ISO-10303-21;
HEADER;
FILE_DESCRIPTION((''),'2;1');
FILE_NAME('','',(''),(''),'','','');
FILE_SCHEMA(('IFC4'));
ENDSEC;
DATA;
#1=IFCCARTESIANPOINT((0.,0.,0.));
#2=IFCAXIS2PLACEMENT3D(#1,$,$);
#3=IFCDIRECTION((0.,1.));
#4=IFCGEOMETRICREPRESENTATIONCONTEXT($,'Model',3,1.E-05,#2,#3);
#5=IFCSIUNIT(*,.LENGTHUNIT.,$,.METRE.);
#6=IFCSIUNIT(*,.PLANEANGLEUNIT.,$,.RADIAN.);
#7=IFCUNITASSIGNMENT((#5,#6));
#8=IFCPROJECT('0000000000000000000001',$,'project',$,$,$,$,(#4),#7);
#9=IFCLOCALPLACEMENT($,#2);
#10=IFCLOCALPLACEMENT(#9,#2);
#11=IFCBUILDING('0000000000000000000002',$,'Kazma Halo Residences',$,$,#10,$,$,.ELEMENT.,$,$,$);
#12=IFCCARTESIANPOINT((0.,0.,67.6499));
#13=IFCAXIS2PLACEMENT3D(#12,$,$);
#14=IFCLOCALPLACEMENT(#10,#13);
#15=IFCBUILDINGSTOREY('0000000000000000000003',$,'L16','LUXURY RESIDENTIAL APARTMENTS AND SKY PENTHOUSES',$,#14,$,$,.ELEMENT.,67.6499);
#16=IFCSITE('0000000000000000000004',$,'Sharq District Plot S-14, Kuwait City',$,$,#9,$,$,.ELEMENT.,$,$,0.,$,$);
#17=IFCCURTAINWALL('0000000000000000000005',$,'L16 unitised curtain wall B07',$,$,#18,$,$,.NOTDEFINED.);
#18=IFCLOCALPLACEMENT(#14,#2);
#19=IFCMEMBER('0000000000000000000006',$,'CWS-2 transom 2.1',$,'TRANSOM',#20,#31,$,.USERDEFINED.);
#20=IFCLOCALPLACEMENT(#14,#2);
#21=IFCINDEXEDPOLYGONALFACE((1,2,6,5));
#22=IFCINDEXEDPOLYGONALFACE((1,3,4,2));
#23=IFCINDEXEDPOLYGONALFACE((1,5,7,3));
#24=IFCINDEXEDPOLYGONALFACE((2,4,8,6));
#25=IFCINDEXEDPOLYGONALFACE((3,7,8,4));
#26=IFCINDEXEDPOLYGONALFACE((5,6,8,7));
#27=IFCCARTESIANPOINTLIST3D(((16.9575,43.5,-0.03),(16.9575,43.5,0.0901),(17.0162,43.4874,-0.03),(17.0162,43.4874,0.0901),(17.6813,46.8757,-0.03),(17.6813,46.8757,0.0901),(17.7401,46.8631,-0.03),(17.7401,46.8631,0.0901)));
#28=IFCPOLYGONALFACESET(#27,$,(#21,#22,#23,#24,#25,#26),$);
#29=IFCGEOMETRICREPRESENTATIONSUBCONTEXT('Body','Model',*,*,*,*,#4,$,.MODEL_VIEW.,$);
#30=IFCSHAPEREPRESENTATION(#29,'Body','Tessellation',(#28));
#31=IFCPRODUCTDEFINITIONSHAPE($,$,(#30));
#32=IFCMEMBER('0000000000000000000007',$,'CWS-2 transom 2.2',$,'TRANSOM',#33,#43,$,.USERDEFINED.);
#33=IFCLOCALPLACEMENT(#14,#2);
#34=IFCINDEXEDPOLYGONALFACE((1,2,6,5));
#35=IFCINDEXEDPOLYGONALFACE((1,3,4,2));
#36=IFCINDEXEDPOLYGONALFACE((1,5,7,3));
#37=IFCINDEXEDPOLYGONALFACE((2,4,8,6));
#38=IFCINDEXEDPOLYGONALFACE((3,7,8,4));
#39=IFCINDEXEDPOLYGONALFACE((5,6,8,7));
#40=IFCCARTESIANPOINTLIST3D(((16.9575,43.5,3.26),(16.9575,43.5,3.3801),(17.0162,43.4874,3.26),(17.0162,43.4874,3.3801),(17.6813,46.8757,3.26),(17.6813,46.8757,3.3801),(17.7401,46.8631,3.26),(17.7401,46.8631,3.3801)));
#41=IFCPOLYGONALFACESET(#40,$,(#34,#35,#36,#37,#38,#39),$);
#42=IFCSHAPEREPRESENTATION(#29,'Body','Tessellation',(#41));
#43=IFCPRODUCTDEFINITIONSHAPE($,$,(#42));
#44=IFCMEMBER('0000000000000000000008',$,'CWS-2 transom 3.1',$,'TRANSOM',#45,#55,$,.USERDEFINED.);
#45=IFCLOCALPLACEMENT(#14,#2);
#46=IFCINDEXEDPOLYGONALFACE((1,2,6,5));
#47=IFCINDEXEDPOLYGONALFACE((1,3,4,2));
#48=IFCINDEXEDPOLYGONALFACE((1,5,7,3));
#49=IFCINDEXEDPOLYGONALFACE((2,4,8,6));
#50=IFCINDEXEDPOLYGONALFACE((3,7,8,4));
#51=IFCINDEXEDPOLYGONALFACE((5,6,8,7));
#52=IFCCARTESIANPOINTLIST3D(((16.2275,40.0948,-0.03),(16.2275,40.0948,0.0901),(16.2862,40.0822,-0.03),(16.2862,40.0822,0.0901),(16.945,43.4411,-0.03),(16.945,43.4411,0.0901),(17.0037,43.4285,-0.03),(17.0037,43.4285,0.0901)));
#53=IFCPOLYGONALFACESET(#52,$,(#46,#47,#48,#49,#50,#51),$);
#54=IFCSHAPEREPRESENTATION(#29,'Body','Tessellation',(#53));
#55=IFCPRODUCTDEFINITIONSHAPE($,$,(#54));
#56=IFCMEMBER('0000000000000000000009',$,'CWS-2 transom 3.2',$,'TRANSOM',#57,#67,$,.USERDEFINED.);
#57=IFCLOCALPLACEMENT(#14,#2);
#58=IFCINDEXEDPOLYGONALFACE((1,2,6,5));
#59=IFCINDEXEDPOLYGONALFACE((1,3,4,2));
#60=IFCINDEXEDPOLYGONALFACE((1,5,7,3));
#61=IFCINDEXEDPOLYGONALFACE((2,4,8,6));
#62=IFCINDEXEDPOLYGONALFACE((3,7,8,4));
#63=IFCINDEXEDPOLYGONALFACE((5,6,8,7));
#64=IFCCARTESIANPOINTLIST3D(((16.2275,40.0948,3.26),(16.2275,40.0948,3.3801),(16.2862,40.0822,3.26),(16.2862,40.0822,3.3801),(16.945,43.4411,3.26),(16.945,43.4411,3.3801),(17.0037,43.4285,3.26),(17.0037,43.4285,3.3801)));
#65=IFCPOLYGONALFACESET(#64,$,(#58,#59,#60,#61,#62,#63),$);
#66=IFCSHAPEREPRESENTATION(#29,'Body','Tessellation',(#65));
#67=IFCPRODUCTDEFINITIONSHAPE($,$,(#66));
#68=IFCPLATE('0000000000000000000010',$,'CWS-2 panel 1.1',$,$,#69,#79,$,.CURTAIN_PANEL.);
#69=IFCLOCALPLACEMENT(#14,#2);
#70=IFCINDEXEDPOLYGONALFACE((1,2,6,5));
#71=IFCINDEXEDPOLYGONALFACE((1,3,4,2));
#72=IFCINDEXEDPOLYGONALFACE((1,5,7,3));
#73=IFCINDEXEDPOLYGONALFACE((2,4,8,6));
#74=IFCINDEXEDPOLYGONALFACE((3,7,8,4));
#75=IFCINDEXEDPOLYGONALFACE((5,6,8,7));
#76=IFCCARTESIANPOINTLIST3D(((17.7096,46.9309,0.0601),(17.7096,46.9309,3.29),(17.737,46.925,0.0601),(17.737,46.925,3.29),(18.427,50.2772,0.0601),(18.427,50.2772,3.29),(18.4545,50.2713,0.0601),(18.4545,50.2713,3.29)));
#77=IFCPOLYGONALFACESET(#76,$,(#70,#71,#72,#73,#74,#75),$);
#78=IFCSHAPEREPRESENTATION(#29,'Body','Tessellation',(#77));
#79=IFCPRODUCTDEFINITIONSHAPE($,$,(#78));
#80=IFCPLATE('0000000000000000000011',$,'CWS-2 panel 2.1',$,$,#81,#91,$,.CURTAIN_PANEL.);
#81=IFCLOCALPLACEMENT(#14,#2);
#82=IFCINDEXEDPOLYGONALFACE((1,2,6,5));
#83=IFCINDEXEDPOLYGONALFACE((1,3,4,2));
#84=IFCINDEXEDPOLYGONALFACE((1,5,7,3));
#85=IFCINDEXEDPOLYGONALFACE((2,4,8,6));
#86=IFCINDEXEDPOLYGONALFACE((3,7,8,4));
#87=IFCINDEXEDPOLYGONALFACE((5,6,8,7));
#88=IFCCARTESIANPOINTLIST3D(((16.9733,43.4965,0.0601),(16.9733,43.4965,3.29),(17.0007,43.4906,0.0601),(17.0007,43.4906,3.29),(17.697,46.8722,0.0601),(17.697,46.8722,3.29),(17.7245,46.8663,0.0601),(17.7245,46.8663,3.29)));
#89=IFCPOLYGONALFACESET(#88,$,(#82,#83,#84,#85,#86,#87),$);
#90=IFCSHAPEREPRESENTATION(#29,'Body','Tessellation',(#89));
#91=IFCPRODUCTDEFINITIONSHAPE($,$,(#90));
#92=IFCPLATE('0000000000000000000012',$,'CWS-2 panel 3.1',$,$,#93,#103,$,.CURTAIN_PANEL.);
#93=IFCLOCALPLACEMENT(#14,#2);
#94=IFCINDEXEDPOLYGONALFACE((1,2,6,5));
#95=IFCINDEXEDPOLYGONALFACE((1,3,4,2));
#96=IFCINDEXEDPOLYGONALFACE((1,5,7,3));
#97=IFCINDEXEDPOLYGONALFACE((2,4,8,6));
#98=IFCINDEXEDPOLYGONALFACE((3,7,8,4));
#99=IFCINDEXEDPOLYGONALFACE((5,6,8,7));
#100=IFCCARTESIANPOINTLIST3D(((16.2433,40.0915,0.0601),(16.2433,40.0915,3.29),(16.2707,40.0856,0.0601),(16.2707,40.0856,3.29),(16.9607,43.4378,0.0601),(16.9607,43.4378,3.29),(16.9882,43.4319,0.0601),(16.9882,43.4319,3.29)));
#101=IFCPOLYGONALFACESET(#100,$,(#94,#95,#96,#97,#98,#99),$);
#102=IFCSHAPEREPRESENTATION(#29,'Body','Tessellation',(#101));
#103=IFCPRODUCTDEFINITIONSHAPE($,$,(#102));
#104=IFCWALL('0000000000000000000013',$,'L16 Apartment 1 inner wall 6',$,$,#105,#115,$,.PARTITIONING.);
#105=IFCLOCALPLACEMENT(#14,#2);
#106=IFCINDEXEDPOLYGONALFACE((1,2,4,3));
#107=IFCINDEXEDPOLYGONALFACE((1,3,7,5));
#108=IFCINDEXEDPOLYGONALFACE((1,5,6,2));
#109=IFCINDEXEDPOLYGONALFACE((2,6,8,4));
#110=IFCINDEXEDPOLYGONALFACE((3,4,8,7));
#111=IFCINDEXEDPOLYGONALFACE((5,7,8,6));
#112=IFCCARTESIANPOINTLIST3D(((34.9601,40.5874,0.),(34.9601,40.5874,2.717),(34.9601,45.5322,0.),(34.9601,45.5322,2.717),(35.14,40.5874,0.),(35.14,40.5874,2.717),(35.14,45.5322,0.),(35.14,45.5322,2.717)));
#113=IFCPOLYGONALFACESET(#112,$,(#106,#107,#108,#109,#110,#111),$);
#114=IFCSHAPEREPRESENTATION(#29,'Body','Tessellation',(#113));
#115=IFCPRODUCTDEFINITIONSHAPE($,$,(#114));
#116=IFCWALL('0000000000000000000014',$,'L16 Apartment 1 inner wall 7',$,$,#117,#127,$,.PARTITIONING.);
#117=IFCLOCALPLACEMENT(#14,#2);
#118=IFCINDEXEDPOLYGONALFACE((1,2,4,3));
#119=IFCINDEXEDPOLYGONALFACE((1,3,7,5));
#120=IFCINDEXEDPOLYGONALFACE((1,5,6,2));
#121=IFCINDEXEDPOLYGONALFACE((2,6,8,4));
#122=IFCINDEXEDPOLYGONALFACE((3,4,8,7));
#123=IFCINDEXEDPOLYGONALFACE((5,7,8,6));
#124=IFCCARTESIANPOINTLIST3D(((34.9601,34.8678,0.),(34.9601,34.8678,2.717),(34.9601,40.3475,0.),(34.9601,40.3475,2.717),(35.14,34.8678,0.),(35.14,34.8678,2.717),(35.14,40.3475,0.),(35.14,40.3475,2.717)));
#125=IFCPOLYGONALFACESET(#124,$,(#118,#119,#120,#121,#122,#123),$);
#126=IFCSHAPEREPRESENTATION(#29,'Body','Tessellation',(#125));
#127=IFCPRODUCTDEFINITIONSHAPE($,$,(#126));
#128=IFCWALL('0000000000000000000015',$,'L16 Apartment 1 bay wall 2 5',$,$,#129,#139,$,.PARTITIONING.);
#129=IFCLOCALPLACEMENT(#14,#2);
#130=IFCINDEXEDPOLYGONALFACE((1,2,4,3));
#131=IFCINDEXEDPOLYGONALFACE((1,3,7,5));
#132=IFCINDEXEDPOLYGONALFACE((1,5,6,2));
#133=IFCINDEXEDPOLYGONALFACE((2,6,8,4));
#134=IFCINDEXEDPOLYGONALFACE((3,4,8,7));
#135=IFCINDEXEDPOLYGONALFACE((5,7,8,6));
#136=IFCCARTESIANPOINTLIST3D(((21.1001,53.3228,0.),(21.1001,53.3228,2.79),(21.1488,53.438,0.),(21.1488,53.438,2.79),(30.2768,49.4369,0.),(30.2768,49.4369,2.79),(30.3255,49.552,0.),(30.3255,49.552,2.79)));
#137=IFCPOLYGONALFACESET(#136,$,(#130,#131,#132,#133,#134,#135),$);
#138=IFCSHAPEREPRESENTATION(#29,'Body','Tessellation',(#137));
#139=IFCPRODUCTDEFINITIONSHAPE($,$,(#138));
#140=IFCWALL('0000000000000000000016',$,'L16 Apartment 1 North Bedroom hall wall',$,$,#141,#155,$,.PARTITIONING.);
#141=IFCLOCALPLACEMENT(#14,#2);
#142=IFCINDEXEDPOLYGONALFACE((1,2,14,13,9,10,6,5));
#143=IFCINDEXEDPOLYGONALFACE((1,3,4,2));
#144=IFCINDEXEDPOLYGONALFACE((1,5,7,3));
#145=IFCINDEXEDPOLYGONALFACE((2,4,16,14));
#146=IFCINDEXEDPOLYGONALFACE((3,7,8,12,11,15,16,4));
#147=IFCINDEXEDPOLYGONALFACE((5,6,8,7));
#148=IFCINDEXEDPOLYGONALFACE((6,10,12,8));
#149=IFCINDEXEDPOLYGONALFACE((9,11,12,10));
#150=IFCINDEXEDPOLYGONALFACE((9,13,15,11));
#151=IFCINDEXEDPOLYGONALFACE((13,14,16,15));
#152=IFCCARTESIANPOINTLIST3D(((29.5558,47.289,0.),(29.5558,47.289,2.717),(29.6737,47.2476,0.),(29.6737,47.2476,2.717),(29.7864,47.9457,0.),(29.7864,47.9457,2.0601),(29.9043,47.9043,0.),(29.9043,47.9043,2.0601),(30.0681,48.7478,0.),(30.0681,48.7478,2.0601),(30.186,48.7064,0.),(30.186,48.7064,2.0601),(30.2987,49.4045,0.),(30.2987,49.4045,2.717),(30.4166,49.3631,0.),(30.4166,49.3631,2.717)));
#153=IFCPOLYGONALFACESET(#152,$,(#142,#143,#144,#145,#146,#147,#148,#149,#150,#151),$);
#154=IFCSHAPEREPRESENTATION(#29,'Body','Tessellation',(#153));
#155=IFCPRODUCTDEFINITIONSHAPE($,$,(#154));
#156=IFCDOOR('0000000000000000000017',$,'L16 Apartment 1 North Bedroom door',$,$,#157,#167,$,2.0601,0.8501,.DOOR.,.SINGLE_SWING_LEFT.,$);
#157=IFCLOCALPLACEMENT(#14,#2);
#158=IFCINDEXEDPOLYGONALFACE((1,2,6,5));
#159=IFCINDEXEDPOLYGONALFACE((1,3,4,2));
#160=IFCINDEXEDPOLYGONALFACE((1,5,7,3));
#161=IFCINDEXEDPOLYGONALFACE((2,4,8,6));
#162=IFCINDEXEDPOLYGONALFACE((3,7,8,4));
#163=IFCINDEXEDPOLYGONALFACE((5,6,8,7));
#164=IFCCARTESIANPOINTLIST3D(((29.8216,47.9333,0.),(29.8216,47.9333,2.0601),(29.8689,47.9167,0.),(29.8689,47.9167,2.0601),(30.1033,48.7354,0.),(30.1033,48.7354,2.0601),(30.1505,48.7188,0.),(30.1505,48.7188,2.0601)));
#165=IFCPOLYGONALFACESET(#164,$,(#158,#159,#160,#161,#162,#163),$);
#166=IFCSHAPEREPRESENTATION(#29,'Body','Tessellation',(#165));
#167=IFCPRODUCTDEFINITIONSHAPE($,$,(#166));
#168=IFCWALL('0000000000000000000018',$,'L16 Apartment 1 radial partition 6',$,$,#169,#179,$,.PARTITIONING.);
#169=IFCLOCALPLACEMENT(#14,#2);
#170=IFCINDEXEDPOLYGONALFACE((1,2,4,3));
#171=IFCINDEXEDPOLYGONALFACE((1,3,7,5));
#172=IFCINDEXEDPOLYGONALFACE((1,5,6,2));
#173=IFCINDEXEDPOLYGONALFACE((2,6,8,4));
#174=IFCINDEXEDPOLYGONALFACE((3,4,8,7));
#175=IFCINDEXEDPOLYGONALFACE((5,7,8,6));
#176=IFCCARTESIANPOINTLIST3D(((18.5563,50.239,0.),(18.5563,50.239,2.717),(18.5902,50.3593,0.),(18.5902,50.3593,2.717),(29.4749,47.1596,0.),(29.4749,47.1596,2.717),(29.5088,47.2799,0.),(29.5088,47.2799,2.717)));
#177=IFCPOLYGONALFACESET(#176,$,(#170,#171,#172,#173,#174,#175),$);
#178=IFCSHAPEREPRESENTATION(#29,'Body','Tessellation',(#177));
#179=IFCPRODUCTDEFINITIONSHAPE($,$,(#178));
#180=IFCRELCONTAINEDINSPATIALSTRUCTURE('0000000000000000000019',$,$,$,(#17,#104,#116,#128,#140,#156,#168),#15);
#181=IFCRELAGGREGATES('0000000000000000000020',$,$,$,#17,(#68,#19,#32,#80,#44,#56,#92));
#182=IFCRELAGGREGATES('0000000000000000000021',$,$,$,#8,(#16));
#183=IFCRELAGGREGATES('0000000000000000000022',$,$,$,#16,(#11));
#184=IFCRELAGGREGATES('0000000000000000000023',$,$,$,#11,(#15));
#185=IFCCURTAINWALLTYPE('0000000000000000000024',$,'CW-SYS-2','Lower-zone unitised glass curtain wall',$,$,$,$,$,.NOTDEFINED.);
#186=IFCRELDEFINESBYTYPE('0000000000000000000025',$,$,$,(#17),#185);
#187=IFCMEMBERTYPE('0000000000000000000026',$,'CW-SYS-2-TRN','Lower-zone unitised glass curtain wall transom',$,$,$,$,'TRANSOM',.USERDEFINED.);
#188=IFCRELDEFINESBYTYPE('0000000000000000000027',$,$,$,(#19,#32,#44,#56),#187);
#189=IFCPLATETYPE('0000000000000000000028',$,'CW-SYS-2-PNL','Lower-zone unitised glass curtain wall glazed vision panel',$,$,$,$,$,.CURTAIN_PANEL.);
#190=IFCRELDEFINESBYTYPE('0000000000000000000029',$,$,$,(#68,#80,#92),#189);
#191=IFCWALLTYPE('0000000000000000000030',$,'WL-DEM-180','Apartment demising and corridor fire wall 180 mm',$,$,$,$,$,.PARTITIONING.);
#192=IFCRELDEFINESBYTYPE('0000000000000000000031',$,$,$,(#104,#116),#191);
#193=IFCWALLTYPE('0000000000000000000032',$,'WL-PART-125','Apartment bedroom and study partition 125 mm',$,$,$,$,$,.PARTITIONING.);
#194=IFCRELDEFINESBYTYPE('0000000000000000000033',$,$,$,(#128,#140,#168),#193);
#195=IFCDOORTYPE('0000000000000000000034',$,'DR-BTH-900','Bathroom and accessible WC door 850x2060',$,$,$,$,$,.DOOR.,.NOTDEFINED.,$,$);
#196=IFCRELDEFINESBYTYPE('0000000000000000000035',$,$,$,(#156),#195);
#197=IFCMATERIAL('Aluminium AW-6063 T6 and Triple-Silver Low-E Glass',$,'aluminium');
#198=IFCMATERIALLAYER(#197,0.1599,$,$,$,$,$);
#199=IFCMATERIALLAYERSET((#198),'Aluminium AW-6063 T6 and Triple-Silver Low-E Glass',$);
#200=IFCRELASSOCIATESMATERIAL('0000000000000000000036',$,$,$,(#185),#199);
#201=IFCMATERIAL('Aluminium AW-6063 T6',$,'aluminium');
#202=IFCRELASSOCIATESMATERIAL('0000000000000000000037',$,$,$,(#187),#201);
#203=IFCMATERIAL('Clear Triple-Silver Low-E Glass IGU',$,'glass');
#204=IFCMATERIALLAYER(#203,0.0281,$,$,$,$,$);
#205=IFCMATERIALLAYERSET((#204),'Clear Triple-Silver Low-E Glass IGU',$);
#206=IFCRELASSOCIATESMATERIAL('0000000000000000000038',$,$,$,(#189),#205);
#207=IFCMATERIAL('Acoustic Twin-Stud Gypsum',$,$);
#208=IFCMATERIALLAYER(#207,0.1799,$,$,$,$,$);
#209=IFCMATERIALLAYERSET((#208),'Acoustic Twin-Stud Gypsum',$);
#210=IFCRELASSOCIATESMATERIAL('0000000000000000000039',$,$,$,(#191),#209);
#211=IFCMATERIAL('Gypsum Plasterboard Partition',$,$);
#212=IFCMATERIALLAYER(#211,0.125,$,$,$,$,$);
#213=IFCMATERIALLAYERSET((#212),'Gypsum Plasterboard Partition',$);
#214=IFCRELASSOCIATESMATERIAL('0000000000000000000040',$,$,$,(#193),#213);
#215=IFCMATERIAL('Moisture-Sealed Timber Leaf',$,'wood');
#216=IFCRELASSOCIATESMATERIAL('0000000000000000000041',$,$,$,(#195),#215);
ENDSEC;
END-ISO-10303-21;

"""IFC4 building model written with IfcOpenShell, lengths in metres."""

from ifc_helpers import new_model, si_unit, direction, frame, frame_2d, origin, origin_2d, place, context, subcontext, project, spatial, rectangle, extrude, material, layer, layer_set, material_profile, profile_set, type_object, element, fill, aggregate, save


model = new_model("IFC4")

# Units and contexts
model_context = context("Model", 3, precision=1e-05, world=origin(), true_north=direction((0.0, 1.0)))
body_context = subcontext(model_context, "Body", "Model", "MODEL_VIEW")
ifc_project = project(units=[si_unit("LENGTHUNIT", "METRE"), si_unit("PLANEANGLEUNIT", "RADIAN")], contexts=[model_context])

# Site, building, storey
site_placement = place(None, origin())
site = spatial("IfcSite", under=ifc_project, at=site_placement, Name="Sharq District Plot S-14, Kuwait City", CompositionType="ELEMENT", RefElevation=0.0)
building_placement = place(site_placement, origin())
building = spatial("IfcBuilding", under=site, at=building_placement, Name="Kazma Halo Residences", CompositionType="ELEMENT")
storey_placement = place(building_placement, frame((0.0, 0.0, 67.6499)))
storey = spatial("IfcBuildingStorey", under=building, at=storey_placement, Name="L16", Description="LUXURY RESIDENTIAL APARTMENTS AND SKY PENTHOUSES", CompositionType="ELEMENT", Elevation=67.6499)

# Curtain wall, members, plates
ifc_material_1 = material(Name="Aluminium AW-6063 T6 and Triple-Silver Low-E Glass", Category="aluminium")
ifc_layer_1 = layer(ifc_material_1, 0.1599)
ifc_layer_set_1 = layer_set([ifc_layer_1], Name="Aluminium AW-6063 T6 and Triple-Silver Low-E Glass")
curtain_wall_type = type_object("IfcCurtainWallType", Name="CW-SYS-2", Description="Lower-zone unitised glass curtain wall", PredefinedType="NOTDEFINED", material=ifc_layer_set_1)
curtain_wall_placement = place(storey_placement, origin())
curtain_wall = element("IfcCurtainWall", 1, at=curtain_wall_placement, inside=storey, type_object=curtain_wall_type, Name="L16 unitised curtain wall B07", PredefinedType="NOTDEFINED")
ifc_material_2 = material(Name="Aluminium AW-6063 T6", Category="aluminium")
ifc_material_profile_1 = material_profile(ifc_material_2, rectangle(XDim=0.0601, YDim=0.1201, at=origin_2d()), Name="CWT-60x120")
ifc_profile_set_1 = profile_set([ifc_material_profile_1], Name="Aluminium AW-6063 T6")
member_type_1 = type_object("IfcMemberType", Name="CW-SYS-2-TRN", Description="Lower-zone unitised glass curtain wall transom", ElementType="TRANSOM", PredefinedType="USERDEFINED", material=ifc_profile_set_1)
member_1_placement = place(storey_placement, frame((17.7107, 46.8694, 0.03), z_axis=(-0.209669, -0.977772, 0.0), x_axis=(0.977772, -0.209669, 0.0)))
member_1 = element("IfcMember", 2, at=member_1_placement, type_object=member_type_1, Name="CWS-2 transom 2.1", ObjectType="TRANSOM", PredefinedType="USERDEFINED", context=body_context, shape_type="SweptSolid", body=[
    extrude(rectangle(XDim=0.0601, YDim=0.1201, at=origin_2d()), origin(), (0.0, 0.0, 1.0), 3.4524),
])
member_2_placement = place(storey_placement, frame((17.7107, 46.8694, 3.3201), z_axis=(-0.209669, -0.977772, 0.0), x_axis=(0.977772, -0.209669, 0.0)))
member_2 = element("IfcMember", 3, at=member_2_placement, type_object=member_type_1, Name="CWS-2 transom 2.2", ObjectType="TRANSOM", PredefinedType="USERDEFINED", context=body_context, shape_type="SweptSolid", body=[
    extrude(rectangle(XDim=0.0601, YDim=0.1201, at=origin_2d()), origin(), (0.0, 0.0, 1.0), 3.4524),
])
member_3_placement = place(storey_placement, frame((16.9744, 43.4348, 0.03), z_axis=(-0.209666, -0.977773, 0.0), x_axis=(0.977773, -0.209666, 0.0)))
member_3 = element("IfcMember", 4, at=member_3_placement, type_object=member_type_1, Name="CWS-2 transom 3.1", ObjectType="TRANSOM", PredefinedType="USERDEFINED", context=body_context, shape_type="SweptSolid", body=[
    extrude(rectangle(XDim=0.0601, YDim=0.1201, at=origin_2d()), origin(), (0.0, 0.0, 1.0), 3.4224),
])
member_4_placement = place(storey_placement, frame((16.9744, 43.4348, 3.3201), z_axis=(-0.209666, -0.977773, 0.0), x_axis=(0.977773, -0.209666, 0.0)))
member_4 = element("IfcMember", 5, at=member_4_placement, type_object=member_type_1, Name="CWS-2 transom 3.2", ObjectType="TRANSOM", PredefinedType="USERDEFINED", context=body_context, shape_type="SweptSolid", body=[
    extrude(rectangle(XDim=0.0601, YDim=0.1201, at=origin_2d()), origin(), (0.0, 0.0, 1.0), 3.4224),
])
ifc_material_3 = material(Name="Clear Triple-Silver Low-E Glass IGU", Category="glass")
ifc_layer_2 = layer(ifc_material_3, 0.0281)
ifc_layer_set_2 = layer_set([ifc_layer_2], Name="Clear Triple-Silver Low-E Glass IGU")
plate_type = type_object("IfcPlateType", Name="CW-SYS-2-PNL", Description="Lower-zone unitised glass curtain wall glazed vision panel", PredefinedType="CURTAIN_PANEL", material=ifc_layer_set_2)
plate_1_placement = place(storey_placement, frame((18.082, 48.6011, 0.0601), z_axis=(0.0, 0.0, 1.0), x_axis=(-0.209637, -0.977779, 0.0)))
plate_1 = element("IfcPlate", 6, at=plate_1_placement, type_object=plate_type, Name="CWS-2 panel 1.1", PredefinedType="CURTAIN_PANEL", context=body_context, shape_type="SweptSolid", body=[
    extrude(rectangle(XDim=3.4224, YDim=0.0281, at=origin_2d()), origin(), (0.0, 0.0, 1.0), 3.23),
])
plate_2_placement = place(storey_placement, frame((17.3489, 45.1814, 0.0601), z_axis=(0.0, 0.0, 1.0), x_axis=(-0.209637, -0.977779, 0.0)))
plate_2 = element("IfcPlate", 7, at=plate_2_placement, type_object=plate_type, Name="CWS-2 panel 2.1", PredefinedType="CURTAIN_PANEL", context=body_context, shape_type="SweptSolid", body=[
    extrude(rectangle(XDim=3.4524, YDim=0.0281, at=origin_2d()), origin(), (0.0, 0.0, 1.0), 3.23),
])
plate_3_placement = place(storey_placement, frame((16.6157, 41.7617, 0.0601), z_axis=(0.0, 0.0, 1.0), x_axis=(-0.209637, -0.977779, 0.0)))
plate_3 = element("IfcPlate", 8, at=plate_3_placement, type_object=plate_type, Name="CWS-2 panel 3.1", PredefinedType="CURTAIN_PANEL", context=body_context, shape_type="SweptSolid", body=[
    extrude(rectangle(XDim=3.4224, YDim=0.0281, at=origin_2d()), origin(), (0.0, 0.0, 1.0), 3.23),
])
aggregate(curtain_wall, [plate_1, member_1, member_2, plate_2, member_3, member_4, plate_3])

# Walls
ifc_material_4 = material(Name="Acoustic Twin-Stud Gypsum")
ifc_layer_3 = layer(ifc_material_4, 0.1799)
ifc_layer_set_3 = layer_set([ifc_layer_3], Name="Acoustic Twin-Stud Gypsum")
wall_type_1 = type_object("IfcWallType", Name="WL-DEM-180", Description="Apartment demising and corridor fire wall 180 mm", PredefinedType="PARTITIONING", material=ifc_layer_set_3)
wall_1_placement = place(storey_placement, frame((35.05, 45.5322, 0.0), z_axis=(0.0, 0.0, 1.0), x_axis=(0.0, -1.0, 0.0)))
element("IfcWall", 9, at=wall_1_placement, inside=storey, type_object=wall_type_1, Name="L16 Apartment 1 inner wall 6", PredefinedType="PARTITIONING", context=body_context, shape_type="SweptSolid", body=[
    extrude(rectangle(XDim=4.9448, YDim=0.1799, at=frame_2d((2.4724, 0.0))), origin(), (0.0, 0.0, 1.0), 2.717),
])
wall_2_placement = place(storey_placement, frame((35.05, 40.3474, 0.0), z_axis=(0.0, 0.0, 1.0), x_axis=(0.0, -1.0, 0.0)))
element("IfcWall", 10, at=wall_2_placement, inside=storey, type_object=wall_type_1, Name="L16 Apartment 1 inner wall 7", PredefinedType="PARTITIONING", context=body_context, shape_type="SweptSolid", body=[
    extrude(rectangle(XDim=5.4797, YDim=0.1799, at=frame_2d((2.7397, 0.0))), origin(), (0.0, 0.0, 1.0), 2.717),
])
ifc_material_5 = material(Name="Gypsum Plasterboard Partition")
ifc_layer_4 = layer(ifc_material_5, 0.125)
ifc_layer_set_4 = layer_set([ifc_layer_4], Name="Gypsum Plasterboard Partition")
wall_type_2 = type_object("IfcWallType", Name="WL-PART-125", Description="Apartment bedroom and study partition 125 mm", PredefinedType="PARTITIONING", material=ifc_layer_set_4)
wall_3_placement = place(storey_placement, frame((30.3013, 49.4944, 0.0), z_axis=(0.0, 0.0, 1.0), x_axis=(-0.920841, 0.389939, 0.0)))
element("IfcWall", 11, at=wall_3_placement, inside=storey, type_object=wall_type_2, Name="L16 Apartment 1 bay wall 2 5", PredefinedType="PARTITIONING", context=body_context, shape_type="SweptSolid", body=[
    extrude(rectangle(XDim=9.9656, YDim=0.125, at=frame_2d((4.9829, 0.0))), origin(), (0.0, 0.0, 1.0), 2.79),
])

# Wall, opening, door
wall_4_placement = place(storey_placement, frame((30.3577, 49.3838, 0.0), z_axis=(0.0, 0.0, 1.0), x_axis=(-0.331345, -0.94351, 0.0)))
wall_4 = element("IfcWall", 12, at=wall_4_placement, inside=storey, type_object=wall_type_2, Name="L16 Apartment 1 North Bedroom hall wall", PredefinedType="PARTITIONING", context=body_context, shape_type="SweptSolid", body=[
    extrude(rectangle(XDim=2.2422, YDim=0.125, at=frame_2d((1.1211, 0.0))), origin(), (0.0, 0.0, 1.0), 2.717),
])
opening_1_placement = place(wall_4_placement, frame((0.696, 0.0, 0.0)))
opening_1 = element("IfcOpeningElement", 13, at=opening_1_placement, cuts=wall_4, PredefinedType="OPENING", context=body_context, shape_type="SweptSolid", body=[
    extrude(rectangle(XDim=0.8501, YDim=2.0601, at=frame_2d((0.425, 1.03))), frame((0.0, 0.0725, 0.0), z_axis=(0.0, -1.0, 0.0), x_axis=(1.0, 0.0, 0.0)), (0.0, 0.0, 1.0), 0.145),
])
ifc_material_6 = material(Name="Moisture-Sealed Timber Leaf", Category="wood")
door_type = type_object("IfcDoorType", Name="DR-BTH-900", Description="Bathroom and accessible WC door 850x2060", OperationType="NOTDEFINED", PredefinedType="DOOR", material=ifc_material_6)
door_1_placement = place(opening_1_placement, origin())
door_1 = element("IfcDoor", 14, at=door_1_placement, inside=storey, type_object=door_type, Name="L16 Apartment 1 North Bedroom door", OperationType="SINGLE_SWING_LEFT", OverallHeight=2.0601, OverallWidth=0.8501, PredefinedType="DOOR", context=body_context, shape_type="SweptSolid", body=[
    extrude(rectangle(XDim=0.8501, YDim=2.0601, at=frame_2d((0.425, 1.03))), frame((0.0, 0.0249, 0.0), z_axis=(0.0, -1.0, 0.0), x_axis=(1.0, 0.0, 0.0)), (0.0, 0.0, 1.0), 0.05),
])
fill(opening_1, door_1)

# Wall
wall_5_placement = place(storey_placement, frame((29.4919, 47.2197, 0.0), z_axis=(0.0, 0.0, 1.0), x_axis=(-0.962455, 0.271442, 0.0)))
element("IfcWall", 15, at=wall_5_placement, inside=storey, type_object=wall_type_2, Name="L16 Apartment 1 radial partition 6", PredefinedType="PARTITIONING", context=body_context, shape_type="SweptSolid", body=[
    extrude(rectangle(XDim=11.3445, YDim=0.125, at=frame_2d((5.6724, 0.0))), origin(), (0.0, 0.0, 1.0), 2.717),
])

save(model, "model.ifc")
